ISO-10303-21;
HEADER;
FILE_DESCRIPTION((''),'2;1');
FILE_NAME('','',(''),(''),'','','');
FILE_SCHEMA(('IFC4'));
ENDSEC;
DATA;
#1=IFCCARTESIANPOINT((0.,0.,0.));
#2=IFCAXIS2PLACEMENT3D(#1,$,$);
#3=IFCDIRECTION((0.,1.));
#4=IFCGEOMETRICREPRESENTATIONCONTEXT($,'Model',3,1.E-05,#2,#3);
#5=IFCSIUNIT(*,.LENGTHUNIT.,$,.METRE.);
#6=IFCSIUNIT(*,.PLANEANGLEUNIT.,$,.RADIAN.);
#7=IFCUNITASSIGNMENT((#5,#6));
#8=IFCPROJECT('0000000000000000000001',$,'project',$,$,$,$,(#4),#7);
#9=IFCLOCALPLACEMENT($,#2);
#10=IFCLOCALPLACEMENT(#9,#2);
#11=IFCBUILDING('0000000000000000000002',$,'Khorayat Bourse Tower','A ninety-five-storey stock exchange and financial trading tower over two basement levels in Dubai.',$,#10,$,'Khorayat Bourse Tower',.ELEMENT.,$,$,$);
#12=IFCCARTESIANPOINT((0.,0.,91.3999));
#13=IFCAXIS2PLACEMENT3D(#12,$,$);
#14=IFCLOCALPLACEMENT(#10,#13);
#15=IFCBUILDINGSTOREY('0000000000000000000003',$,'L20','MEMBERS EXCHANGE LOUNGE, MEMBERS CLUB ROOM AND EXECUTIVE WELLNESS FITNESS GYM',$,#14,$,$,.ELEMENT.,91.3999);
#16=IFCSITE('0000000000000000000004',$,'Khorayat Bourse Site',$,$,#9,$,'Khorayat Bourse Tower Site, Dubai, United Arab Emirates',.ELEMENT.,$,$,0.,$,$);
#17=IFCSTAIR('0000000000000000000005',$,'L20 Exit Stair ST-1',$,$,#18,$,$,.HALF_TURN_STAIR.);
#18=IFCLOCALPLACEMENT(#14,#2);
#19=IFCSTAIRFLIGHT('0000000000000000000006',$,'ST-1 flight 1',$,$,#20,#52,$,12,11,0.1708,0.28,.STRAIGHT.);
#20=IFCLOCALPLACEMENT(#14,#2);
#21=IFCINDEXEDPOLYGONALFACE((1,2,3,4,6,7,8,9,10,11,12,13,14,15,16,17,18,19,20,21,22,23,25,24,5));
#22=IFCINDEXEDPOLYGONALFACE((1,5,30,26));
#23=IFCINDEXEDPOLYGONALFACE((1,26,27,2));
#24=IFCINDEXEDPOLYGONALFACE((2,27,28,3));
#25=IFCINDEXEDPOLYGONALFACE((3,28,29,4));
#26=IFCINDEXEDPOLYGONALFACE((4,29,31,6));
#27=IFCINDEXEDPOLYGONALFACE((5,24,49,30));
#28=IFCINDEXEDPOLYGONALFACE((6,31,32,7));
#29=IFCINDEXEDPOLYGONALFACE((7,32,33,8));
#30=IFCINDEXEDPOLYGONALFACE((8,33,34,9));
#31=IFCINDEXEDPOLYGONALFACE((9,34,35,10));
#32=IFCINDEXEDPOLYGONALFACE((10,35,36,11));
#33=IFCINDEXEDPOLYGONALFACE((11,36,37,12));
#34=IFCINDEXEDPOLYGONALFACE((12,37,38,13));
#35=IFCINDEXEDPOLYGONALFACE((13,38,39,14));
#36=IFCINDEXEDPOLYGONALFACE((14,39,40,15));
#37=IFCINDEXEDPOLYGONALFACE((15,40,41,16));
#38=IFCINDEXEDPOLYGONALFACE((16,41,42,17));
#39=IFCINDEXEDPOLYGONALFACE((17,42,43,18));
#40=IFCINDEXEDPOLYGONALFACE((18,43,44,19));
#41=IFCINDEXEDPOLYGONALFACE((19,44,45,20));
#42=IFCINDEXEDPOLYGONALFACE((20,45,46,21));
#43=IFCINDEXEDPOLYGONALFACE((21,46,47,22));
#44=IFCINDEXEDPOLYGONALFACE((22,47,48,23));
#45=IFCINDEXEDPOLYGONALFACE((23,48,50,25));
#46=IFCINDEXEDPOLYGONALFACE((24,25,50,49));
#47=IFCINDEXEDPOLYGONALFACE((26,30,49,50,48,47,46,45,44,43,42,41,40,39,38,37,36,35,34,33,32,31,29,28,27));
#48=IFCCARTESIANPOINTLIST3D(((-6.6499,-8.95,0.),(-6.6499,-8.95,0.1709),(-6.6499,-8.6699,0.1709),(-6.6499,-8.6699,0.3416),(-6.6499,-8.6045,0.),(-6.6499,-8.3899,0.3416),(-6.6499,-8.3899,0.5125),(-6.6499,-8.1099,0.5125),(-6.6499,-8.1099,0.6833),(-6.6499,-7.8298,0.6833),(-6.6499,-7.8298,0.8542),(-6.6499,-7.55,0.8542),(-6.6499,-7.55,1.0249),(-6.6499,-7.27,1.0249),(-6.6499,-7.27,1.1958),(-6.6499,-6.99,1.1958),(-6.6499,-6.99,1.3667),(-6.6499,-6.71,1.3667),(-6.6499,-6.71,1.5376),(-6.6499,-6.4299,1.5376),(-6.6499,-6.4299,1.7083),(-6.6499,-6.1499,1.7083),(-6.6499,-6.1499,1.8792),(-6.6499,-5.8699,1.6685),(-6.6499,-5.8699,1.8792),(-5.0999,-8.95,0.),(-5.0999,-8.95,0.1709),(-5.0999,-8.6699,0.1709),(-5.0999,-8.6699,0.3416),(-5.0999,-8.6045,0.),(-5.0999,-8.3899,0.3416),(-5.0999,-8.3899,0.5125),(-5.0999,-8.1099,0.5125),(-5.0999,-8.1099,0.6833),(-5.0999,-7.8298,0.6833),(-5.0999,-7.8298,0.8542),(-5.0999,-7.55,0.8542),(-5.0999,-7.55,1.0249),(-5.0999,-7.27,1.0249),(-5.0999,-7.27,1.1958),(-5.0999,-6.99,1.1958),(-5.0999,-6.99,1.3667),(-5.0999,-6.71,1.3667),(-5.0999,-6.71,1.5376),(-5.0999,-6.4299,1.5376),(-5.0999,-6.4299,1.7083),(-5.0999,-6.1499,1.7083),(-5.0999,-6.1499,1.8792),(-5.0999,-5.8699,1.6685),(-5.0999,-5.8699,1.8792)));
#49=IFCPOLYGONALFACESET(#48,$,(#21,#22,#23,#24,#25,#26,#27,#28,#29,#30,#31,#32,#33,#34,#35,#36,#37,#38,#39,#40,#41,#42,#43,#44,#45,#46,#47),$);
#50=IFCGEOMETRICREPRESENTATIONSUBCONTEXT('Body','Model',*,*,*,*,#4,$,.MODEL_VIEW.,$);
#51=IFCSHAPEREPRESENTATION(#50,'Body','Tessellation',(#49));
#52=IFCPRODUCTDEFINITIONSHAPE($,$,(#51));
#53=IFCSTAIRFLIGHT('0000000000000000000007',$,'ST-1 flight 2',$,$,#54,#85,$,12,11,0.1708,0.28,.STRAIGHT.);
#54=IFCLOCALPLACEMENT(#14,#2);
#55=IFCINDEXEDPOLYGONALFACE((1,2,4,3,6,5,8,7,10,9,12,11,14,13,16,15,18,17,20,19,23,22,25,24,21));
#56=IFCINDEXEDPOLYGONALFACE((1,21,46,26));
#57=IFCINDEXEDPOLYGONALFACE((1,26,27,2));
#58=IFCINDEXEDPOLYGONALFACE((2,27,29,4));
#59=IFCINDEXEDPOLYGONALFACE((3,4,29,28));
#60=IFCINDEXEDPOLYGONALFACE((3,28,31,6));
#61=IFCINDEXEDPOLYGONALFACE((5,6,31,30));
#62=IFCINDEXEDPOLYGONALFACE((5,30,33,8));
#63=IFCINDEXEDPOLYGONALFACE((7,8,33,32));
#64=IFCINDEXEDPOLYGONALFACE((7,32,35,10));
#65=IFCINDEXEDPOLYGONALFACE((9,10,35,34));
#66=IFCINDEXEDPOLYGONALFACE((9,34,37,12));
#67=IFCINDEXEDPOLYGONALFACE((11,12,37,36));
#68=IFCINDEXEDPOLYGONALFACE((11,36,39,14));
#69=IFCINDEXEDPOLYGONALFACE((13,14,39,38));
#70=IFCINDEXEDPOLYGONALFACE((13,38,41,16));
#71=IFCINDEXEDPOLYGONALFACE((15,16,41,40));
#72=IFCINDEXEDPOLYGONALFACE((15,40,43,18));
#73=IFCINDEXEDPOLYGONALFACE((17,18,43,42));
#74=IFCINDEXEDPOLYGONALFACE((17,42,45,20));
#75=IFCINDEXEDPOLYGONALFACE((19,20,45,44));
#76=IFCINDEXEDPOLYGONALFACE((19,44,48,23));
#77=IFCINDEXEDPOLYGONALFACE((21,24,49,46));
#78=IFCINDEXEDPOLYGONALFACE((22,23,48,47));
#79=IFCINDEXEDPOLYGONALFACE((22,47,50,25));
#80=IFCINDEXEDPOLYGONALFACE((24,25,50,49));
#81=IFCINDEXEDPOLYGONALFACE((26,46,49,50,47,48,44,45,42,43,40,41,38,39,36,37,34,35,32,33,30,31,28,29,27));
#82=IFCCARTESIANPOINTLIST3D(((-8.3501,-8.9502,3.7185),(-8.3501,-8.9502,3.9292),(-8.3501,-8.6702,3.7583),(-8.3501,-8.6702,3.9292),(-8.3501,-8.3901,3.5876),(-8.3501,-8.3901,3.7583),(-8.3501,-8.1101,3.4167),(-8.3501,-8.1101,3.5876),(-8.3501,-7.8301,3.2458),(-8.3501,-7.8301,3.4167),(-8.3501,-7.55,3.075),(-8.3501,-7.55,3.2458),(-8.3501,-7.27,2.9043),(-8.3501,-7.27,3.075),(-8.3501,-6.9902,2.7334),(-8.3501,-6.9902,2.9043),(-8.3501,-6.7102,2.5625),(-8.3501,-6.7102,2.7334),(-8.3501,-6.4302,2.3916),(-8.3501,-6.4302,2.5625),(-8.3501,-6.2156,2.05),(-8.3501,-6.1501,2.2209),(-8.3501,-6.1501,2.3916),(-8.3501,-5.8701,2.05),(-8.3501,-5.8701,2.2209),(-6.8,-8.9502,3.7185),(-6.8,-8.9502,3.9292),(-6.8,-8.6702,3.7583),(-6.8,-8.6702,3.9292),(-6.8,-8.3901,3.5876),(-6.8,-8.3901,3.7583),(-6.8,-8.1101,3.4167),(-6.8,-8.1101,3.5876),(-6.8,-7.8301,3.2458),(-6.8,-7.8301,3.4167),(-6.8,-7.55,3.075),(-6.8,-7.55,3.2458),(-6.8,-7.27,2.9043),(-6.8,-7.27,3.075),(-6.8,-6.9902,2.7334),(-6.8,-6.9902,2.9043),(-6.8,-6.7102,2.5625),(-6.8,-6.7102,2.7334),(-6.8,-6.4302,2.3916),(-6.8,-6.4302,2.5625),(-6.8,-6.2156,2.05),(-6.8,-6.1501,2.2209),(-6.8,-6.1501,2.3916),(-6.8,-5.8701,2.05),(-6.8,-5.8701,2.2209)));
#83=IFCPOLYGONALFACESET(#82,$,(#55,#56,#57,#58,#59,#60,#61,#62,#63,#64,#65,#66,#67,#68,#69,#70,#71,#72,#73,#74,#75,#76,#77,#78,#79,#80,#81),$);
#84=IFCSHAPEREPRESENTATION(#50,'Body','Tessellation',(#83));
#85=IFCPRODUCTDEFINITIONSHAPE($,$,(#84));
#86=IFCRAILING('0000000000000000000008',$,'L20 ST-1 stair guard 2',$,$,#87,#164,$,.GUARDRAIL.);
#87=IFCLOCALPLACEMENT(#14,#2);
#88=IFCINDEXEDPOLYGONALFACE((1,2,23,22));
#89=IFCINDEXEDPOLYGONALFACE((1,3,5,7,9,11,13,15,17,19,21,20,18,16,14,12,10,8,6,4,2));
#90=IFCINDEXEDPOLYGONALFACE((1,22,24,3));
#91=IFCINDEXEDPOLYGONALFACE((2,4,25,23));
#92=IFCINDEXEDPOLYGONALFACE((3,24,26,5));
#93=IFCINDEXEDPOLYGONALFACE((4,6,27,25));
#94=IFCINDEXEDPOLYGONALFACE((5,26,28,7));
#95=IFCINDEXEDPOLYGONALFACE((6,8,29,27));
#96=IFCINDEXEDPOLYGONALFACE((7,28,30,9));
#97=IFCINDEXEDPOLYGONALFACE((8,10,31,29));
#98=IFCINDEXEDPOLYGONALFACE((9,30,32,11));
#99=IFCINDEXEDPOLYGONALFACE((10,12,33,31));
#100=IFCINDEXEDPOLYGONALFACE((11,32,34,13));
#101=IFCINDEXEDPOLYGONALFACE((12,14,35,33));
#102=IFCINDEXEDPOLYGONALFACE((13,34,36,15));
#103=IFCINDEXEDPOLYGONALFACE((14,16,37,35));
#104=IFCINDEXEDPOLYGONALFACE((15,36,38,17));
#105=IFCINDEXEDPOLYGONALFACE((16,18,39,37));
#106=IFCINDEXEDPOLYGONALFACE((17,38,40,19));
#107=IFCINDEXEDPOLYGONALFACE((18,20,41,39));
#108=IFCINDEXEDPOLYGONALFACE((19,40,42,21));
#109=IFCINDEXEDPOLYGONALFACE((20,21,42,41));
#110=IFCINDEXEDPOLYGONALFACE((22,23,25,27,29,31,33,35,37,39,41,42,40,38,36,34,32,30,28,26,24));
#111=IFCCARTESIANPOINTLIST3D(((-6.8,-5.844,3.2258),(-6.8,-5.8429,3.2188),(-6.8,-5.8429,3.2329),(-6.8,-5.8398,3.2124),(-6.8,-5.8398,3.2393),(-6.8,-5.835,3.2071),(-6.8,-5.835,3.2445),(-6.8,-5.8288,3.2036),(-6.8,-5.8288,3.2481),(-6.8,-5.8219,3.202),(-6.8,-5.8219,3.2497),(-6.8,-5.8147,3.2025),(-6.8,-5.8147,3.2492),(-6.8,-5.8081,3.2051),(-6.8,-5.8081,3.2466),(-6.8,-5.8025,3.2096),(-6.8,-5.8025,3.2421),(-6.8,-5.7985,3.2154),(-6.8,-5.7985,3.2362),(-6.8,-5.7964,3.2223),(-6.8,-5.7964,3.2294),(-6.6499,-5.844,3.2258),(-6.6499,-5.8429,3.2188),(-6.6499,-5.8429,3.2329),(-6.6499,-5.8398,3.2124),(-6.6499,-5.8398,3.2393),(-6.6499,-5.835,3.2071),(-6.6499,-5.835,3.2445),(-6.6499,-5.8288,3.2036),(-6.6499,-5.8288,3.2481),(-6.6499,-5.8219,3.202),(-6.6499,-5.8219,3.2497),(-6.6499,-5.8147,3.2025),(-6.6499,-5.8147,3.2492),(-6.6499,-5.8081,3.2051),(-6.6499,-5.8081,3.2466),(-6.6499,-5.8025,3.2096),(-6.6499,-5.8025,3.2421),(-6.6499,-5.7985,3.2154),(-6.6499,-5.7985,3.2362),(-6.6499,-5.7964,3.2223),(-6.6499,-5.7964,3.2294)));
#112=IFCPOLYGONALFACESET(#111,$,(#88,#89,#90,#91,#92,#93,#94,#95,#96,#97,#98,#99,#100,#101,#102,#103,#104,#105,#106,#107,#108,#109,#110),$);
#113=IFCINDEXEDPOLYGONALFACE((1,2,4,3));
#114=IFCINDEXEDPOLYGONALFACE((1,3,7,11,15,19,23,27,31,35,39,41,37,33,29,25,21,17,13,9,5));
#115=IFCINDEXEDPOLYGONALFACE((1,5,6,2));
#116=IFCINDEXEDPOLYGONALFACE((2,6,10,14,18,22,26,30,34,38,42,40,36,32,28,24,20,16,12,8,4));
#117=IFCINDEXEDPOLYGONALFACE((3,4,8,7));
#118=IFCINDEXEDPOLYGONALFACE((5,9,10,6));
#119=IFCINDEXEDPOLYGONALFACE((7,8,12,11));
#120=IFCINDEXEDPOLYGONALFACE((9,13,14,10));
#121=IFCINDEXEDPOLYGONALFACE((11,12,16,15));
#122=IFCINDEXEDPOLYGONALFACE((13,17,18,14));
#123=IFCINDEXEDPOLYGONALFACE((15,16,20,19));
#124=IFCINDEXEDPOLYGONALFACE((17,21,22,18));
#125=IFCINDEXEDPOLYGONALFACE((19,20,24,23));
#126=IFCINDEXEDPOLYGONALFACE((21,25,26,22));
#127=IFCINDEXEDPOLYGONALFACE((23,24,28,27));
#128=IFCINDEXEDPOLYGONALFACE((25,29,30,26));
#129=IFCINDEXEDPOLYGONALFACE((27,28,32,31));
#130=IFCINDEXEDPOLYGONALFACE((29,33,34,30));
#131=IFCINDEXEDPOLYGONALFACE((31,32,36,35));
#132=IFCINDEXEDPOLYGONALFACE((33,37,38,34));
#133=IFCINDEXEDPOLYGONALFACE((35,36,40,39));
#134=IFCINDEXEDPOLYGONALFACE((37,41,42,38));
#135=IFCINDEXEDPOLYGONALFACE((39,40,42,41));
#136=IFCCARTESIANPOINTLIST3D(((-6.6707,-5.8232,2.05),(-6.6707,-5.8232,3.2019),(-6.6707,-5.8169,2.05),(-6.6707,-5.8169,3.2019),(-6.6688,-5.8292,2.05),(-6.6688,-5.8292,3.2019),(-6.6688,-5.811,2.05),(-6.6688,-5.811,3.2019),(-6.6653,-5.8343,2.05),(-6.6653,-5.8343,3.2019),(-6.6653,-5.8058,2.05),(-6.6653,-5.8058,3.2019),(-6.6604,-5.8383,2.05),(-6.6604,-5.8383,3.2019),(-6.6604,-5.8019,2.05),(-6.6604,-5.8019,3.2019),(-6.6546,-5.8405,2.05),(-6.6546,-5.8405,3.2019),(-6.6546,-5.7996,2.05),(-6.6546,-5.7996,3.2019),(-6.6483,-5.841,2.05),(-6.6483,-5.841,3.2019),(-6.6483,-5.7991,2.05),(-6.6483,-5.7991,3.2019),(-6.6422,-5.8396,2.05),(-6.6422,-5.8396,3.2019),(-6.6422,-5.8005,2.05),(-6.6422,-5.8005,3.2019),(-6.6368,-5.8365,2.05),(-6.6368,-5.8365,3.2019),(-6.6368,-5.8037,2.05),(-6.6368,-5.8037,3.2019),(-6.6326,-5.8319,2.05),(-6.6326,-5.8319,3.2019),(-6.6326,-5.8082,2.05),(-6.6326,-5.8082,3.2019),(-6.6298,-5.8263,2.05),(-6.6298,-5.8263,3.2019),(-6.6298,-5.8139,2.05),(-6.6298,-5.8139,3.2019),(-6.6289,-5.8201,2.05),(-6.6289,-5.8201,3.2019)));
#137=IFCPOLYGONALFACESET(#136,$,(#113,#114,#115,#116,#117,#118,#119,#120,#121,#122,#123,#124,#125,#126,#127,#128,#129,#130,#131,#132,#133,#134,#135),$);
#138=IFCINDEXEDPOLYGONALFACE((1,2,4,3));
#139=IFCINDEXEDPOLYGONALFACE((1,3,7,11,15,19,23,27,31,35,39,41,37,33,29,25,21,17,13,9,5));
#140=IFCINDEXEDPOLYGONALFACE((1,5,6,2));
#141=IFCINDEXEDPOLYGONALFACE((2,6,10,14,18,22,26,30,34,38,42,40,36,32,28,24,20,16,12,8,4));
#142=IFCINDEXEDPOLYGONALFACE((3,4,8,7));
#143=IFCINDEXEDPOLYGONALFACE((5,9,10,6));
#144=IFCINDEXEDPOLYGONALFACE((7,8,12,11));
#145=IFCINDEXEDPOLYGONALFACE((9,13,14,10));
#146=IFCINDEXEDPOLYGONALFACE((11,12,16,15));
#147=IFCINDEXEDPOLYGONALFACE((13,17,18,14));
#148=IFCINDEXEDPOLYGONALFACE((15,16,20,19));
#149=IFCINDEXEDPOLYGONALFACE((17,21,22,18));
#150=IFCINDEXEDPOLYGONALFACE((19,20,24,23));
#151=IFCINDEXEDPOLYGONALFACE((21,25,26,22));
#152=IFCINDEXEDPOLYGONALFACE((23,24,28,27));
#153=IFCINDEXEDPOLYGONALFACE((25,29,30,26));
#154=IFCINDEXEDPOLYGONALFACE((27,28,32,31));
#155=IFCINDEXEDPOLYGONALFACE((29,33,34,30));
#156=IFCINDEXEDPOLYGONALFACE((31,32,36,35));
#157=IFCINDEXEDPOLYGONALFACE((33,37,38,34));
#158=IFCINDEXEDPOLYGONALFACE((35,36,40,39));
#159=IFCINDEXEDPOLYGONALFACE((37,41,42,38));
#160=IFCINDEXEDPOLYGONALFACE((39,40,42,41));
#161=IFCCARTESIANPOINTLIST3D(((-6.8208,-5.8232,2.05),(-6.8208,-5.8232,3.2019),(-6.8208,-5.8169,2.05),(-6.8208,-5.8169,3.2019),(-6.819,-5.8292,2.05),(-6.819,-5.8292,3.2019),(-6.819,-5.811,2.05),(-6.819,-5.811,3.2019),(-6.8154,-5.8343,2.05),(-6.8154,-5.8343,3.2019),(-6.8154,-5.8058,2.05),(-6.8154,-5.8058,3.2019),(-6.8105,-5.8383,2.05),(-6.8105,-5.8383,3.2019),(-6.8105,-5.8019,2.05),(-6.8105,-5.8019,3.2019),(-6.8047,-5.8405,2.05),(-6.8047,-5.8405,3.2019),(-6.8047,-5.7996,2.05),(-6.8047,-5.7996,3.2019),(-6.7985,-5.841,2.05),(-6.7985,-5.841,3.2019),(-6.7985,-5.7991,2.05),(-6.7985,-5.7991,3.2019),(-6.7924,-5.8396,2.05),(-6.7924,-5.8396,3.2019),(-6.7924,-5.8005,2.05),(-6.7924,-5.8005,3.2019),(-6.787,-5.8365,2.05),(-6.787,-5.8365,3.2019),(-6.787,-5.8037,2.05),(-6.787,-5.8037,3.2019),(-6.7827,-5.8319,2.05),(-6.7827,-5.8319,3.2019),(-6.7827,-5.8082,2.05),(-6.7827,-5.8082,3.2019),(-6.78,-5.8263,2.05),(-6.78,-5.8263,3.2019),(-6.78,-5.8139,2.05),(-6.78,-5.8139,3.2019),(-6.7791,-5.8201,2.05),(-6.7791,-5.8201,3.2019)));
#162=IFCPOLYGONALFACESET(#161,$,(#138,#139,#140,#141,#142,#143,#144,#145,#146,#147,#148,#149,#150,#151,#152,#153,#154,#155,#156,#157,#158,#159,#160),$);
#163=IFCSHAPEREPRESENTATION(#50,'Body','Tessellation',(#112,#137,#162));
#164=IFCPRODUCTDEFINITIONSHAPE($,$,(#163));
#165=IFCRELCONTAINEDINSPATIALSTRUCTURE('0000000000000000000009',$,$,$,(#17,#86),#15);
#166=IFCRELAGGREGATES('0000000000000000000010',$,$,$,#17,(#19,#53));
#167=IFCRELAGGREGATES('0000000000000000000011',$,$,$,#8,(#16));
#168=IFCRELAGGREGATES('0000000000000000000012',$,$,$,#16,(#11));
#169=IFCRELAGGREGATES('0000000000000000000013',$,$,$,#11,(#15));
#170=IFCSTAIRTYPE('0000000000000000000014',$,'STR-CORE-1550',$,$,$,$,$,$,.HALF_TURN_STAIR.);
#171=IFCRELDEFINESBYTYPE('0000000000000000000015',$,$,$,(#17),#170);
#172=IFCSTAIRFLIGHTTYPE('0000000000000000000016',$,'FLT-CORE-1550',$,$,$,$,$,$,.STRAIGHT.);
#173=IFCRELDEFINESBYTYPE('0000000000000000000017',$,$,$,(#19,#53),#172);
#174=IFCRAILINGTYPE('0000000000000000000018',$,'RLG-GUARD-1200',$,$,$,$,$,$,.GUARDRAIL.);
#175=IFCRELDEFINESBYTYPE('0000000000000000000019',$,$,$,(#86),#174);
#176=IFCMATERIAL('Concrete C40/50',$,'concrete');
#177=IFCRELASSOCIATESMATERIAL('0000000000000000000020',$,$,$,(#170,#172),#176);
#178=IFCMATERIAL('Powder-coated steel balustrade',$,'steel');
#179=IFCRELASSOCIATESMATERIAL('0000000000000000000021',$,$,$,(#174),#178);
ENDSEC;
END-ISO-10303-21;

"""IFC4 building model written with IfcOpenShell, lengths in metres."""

from ifc_helpers import new_model, si_unit, direction, frame, origin, origin_2d, place, context, subcontext, project, spatial, polyline, circle, outline, extrude, source, transform, mapped, material, type_object, element, aggregate, save


model = new_model("IFC4")

# Units and contexts
model_context = context("Model", 3, precision=1e-05, world=origin(), true_north=direction((0.0, 1.0)))
body_context = subcontext(model_context, "Body", "Model", "MODEL_VIEW")
ifc_project = project(units=[si_unit("LENGTHUNIT", "METRE"), si_unit("PLANEANGLEUNIT", "RADIAN")], contexts=[model_context])

# Site, building, storey
site_placement = place(None, origin())
site = spatial("IfcSite", under=ifc_project, at=site_placement, Name="Khorayat Bourse Site", LongName="Khorayat Bourse Tower Site, Dubai, United Arab Emirates", CompositionType="ELEMENT", RefElevation=0.0)
building_placement = place(site_placement, origin())
building = spatial("IfcBuilding", under=site, at=building_placement, Name="Khorayat Bourse Tower", Description="A ninety-five-storey stock exchange and financial trading tower over two basement levels in Dubai.", LongName="Khorayat Bourse Tower", CompositionType="ELEMENT")
storey_placement = place(building_placement, frame((0.0, 0.0, 91.3999)))
storey = spatial("IfcBuildingStorey", under=building, at=storey_placement, Name="L20", Description="MEMBERS EXCHANGE LOUNGE, MEMBERS CLUB ROOM AND EXECUTIVE WELLNESS FITNESS GYM", CompositionType="ELEMENT", Elevation=91.3999)

# Stair, stair flights
ifc_material_1 = material(Name="Concrete C40/50", Category="concrete")
stair_type = type_object("IfcStairType", Name="STR-CORE-1550", PredefinedType="HALF_TURN_STAIR", material=ifc_material_1)
stair_placement = place(storey_placement, origin())
stair = element("IfcStair", 1, at=stair_placement, inside=storey, type_object=stair_type, Name="L20 Exit Stair ST-1", PredefinedType="HALF_TURN_STAIR")
stair_flight_type = type_object("IfcStairFlightType", Name="FLT-CORE-1550", PredefinedType="STRAIGHT", material=ifc_material_1)
shared_shape_1 = source(origin(), body_context, "Body", "SweptSolid", [
    extrude(outline(polyline([(0.0, 0.0), (0.0, 0.1709), (0.28, 0.1709), (0.28, 0.3416), (0.5601, 0.3416), (0.5601, 0.5125), (0.8401, 0.5125), (0.8401, 0.6833), (1.1201, 0.6833), (1.1201, 0.8542), (1.3999, 0.8542), (1.3999, 1.0249), (1.6799, 1.0249), (1.6799, 1.1958), (1.96, 1.1958), (1.96, 1.3667), (2.24, 1.3667), (2.24, 1.5376), (2.52, 1.5376), (2.52, 1.7083), (2.8, 1.7083), (2.8, 1.8792), (3.0801, 1.8792), (3.0801, 2.05), (3.0801, 1.6685), (0.3455, 0.0), (0.0, 0.0)])), frame((0.0, 0.7749, 0.0), z_axis=(0.0, -1.0, 0.0), x_axis=(1.0, 0.0, 0.0)), (0.0, 0.0, 1.0), 1.55),
])
stair_flight_1_placement = place(storey_placement, frame((-5.875, -8.95, 0.0), z_axis=(0.0, 0.0, 1.0), x_axis=(0.0, 1.0, 0.0)))
stair_flight_1 = element("IfcStairFlight", 2, at=stair_flight_1_placement, type_object=stair_flight_type, Name="ST-1 flight 1", NumberOfRisers=12, NumberOfTreads=11, PredefinedType="STRAIGHT", RiserHeight=0.1708, TreadLength=0.28, context=body_context, shape_type="MappedRepresentation", body=[
    mapped(shared_shape_1, transform((0.0, 0.0, 0.0), scale=1.0)),
])
stair_flight_2_placement = place(storey_placement, frame((-7.575, -5.8701, 2.05), z_axis=(0.0, 0.0, 1.0), x_axis=(0.0, -1.0, 0.0)))
stair_flight_2 = element("IfcStairFlight", 3, at=stair_flight_2_placement, type_object=stair_flight_type, Name="ST-1 flight 2", NumberOfRisers=12, NumberOfTreads=11, PredefinedType="STRAIGHT", RiserHeight=0.1708, TreadLength=0.28, context=body_context, shape_type="MappedRepresentation", body=[
    mapped(shared_shape_1, transform((0.0, 0.0, 0.0), scale=1.0)),
])
aggregate(stair, [stair_flight_1, stair_flight_2])

# Railing
ifc_material_2 = material(Name="Powder-coated steel balustrade", Category="steel")
railing_type_1 = type_object("IfcRailingType", Name="RLG-GUARD-1200", PredefinedType="GUARDRAIL", material=ifc_material_2)
shared_shape_2 = source(origin(), body_context, "Body", "SweptSolid", [
    extrude(circle(Radius=0.0239, at=origin_2d()), frame((0.0, 0.0, 1.1758), z_axis=(-1.0, 0.0, 0.0), x_axis=(0.0, -1.0, 0.0)), (0.0, 0.0, 1.0), 0.1501),
    extrude(circle(Radius=0.021, at=origin_2d()), origin(), (0.0, 0.0, 1.0), 1.1519),
    extrude(circle(Radius=0.021, at=origin_2d()), frame((-0.1501, 0.0, 0.0)), (0.0, 0.0, 1.0), 1.1519),
])
for number, where, name in (
    (4, (-6.6499, -5.8201, 2.05), "L20 ST-1 stair guard 2"),
):
    element("IfcRailing", number, at=place(storey_placement, frame(where)), inside=storey, type_object=railing_type_1, Name=name, PredefinedType="GUARDRAIL", context=body_context, shape_type="MappedRepresentation", body=[
        mapped(shared_shape_2, transform((0.0, 0.0, 0.0), scale=1.0)),
    ])

save(model, "model.ifc")
